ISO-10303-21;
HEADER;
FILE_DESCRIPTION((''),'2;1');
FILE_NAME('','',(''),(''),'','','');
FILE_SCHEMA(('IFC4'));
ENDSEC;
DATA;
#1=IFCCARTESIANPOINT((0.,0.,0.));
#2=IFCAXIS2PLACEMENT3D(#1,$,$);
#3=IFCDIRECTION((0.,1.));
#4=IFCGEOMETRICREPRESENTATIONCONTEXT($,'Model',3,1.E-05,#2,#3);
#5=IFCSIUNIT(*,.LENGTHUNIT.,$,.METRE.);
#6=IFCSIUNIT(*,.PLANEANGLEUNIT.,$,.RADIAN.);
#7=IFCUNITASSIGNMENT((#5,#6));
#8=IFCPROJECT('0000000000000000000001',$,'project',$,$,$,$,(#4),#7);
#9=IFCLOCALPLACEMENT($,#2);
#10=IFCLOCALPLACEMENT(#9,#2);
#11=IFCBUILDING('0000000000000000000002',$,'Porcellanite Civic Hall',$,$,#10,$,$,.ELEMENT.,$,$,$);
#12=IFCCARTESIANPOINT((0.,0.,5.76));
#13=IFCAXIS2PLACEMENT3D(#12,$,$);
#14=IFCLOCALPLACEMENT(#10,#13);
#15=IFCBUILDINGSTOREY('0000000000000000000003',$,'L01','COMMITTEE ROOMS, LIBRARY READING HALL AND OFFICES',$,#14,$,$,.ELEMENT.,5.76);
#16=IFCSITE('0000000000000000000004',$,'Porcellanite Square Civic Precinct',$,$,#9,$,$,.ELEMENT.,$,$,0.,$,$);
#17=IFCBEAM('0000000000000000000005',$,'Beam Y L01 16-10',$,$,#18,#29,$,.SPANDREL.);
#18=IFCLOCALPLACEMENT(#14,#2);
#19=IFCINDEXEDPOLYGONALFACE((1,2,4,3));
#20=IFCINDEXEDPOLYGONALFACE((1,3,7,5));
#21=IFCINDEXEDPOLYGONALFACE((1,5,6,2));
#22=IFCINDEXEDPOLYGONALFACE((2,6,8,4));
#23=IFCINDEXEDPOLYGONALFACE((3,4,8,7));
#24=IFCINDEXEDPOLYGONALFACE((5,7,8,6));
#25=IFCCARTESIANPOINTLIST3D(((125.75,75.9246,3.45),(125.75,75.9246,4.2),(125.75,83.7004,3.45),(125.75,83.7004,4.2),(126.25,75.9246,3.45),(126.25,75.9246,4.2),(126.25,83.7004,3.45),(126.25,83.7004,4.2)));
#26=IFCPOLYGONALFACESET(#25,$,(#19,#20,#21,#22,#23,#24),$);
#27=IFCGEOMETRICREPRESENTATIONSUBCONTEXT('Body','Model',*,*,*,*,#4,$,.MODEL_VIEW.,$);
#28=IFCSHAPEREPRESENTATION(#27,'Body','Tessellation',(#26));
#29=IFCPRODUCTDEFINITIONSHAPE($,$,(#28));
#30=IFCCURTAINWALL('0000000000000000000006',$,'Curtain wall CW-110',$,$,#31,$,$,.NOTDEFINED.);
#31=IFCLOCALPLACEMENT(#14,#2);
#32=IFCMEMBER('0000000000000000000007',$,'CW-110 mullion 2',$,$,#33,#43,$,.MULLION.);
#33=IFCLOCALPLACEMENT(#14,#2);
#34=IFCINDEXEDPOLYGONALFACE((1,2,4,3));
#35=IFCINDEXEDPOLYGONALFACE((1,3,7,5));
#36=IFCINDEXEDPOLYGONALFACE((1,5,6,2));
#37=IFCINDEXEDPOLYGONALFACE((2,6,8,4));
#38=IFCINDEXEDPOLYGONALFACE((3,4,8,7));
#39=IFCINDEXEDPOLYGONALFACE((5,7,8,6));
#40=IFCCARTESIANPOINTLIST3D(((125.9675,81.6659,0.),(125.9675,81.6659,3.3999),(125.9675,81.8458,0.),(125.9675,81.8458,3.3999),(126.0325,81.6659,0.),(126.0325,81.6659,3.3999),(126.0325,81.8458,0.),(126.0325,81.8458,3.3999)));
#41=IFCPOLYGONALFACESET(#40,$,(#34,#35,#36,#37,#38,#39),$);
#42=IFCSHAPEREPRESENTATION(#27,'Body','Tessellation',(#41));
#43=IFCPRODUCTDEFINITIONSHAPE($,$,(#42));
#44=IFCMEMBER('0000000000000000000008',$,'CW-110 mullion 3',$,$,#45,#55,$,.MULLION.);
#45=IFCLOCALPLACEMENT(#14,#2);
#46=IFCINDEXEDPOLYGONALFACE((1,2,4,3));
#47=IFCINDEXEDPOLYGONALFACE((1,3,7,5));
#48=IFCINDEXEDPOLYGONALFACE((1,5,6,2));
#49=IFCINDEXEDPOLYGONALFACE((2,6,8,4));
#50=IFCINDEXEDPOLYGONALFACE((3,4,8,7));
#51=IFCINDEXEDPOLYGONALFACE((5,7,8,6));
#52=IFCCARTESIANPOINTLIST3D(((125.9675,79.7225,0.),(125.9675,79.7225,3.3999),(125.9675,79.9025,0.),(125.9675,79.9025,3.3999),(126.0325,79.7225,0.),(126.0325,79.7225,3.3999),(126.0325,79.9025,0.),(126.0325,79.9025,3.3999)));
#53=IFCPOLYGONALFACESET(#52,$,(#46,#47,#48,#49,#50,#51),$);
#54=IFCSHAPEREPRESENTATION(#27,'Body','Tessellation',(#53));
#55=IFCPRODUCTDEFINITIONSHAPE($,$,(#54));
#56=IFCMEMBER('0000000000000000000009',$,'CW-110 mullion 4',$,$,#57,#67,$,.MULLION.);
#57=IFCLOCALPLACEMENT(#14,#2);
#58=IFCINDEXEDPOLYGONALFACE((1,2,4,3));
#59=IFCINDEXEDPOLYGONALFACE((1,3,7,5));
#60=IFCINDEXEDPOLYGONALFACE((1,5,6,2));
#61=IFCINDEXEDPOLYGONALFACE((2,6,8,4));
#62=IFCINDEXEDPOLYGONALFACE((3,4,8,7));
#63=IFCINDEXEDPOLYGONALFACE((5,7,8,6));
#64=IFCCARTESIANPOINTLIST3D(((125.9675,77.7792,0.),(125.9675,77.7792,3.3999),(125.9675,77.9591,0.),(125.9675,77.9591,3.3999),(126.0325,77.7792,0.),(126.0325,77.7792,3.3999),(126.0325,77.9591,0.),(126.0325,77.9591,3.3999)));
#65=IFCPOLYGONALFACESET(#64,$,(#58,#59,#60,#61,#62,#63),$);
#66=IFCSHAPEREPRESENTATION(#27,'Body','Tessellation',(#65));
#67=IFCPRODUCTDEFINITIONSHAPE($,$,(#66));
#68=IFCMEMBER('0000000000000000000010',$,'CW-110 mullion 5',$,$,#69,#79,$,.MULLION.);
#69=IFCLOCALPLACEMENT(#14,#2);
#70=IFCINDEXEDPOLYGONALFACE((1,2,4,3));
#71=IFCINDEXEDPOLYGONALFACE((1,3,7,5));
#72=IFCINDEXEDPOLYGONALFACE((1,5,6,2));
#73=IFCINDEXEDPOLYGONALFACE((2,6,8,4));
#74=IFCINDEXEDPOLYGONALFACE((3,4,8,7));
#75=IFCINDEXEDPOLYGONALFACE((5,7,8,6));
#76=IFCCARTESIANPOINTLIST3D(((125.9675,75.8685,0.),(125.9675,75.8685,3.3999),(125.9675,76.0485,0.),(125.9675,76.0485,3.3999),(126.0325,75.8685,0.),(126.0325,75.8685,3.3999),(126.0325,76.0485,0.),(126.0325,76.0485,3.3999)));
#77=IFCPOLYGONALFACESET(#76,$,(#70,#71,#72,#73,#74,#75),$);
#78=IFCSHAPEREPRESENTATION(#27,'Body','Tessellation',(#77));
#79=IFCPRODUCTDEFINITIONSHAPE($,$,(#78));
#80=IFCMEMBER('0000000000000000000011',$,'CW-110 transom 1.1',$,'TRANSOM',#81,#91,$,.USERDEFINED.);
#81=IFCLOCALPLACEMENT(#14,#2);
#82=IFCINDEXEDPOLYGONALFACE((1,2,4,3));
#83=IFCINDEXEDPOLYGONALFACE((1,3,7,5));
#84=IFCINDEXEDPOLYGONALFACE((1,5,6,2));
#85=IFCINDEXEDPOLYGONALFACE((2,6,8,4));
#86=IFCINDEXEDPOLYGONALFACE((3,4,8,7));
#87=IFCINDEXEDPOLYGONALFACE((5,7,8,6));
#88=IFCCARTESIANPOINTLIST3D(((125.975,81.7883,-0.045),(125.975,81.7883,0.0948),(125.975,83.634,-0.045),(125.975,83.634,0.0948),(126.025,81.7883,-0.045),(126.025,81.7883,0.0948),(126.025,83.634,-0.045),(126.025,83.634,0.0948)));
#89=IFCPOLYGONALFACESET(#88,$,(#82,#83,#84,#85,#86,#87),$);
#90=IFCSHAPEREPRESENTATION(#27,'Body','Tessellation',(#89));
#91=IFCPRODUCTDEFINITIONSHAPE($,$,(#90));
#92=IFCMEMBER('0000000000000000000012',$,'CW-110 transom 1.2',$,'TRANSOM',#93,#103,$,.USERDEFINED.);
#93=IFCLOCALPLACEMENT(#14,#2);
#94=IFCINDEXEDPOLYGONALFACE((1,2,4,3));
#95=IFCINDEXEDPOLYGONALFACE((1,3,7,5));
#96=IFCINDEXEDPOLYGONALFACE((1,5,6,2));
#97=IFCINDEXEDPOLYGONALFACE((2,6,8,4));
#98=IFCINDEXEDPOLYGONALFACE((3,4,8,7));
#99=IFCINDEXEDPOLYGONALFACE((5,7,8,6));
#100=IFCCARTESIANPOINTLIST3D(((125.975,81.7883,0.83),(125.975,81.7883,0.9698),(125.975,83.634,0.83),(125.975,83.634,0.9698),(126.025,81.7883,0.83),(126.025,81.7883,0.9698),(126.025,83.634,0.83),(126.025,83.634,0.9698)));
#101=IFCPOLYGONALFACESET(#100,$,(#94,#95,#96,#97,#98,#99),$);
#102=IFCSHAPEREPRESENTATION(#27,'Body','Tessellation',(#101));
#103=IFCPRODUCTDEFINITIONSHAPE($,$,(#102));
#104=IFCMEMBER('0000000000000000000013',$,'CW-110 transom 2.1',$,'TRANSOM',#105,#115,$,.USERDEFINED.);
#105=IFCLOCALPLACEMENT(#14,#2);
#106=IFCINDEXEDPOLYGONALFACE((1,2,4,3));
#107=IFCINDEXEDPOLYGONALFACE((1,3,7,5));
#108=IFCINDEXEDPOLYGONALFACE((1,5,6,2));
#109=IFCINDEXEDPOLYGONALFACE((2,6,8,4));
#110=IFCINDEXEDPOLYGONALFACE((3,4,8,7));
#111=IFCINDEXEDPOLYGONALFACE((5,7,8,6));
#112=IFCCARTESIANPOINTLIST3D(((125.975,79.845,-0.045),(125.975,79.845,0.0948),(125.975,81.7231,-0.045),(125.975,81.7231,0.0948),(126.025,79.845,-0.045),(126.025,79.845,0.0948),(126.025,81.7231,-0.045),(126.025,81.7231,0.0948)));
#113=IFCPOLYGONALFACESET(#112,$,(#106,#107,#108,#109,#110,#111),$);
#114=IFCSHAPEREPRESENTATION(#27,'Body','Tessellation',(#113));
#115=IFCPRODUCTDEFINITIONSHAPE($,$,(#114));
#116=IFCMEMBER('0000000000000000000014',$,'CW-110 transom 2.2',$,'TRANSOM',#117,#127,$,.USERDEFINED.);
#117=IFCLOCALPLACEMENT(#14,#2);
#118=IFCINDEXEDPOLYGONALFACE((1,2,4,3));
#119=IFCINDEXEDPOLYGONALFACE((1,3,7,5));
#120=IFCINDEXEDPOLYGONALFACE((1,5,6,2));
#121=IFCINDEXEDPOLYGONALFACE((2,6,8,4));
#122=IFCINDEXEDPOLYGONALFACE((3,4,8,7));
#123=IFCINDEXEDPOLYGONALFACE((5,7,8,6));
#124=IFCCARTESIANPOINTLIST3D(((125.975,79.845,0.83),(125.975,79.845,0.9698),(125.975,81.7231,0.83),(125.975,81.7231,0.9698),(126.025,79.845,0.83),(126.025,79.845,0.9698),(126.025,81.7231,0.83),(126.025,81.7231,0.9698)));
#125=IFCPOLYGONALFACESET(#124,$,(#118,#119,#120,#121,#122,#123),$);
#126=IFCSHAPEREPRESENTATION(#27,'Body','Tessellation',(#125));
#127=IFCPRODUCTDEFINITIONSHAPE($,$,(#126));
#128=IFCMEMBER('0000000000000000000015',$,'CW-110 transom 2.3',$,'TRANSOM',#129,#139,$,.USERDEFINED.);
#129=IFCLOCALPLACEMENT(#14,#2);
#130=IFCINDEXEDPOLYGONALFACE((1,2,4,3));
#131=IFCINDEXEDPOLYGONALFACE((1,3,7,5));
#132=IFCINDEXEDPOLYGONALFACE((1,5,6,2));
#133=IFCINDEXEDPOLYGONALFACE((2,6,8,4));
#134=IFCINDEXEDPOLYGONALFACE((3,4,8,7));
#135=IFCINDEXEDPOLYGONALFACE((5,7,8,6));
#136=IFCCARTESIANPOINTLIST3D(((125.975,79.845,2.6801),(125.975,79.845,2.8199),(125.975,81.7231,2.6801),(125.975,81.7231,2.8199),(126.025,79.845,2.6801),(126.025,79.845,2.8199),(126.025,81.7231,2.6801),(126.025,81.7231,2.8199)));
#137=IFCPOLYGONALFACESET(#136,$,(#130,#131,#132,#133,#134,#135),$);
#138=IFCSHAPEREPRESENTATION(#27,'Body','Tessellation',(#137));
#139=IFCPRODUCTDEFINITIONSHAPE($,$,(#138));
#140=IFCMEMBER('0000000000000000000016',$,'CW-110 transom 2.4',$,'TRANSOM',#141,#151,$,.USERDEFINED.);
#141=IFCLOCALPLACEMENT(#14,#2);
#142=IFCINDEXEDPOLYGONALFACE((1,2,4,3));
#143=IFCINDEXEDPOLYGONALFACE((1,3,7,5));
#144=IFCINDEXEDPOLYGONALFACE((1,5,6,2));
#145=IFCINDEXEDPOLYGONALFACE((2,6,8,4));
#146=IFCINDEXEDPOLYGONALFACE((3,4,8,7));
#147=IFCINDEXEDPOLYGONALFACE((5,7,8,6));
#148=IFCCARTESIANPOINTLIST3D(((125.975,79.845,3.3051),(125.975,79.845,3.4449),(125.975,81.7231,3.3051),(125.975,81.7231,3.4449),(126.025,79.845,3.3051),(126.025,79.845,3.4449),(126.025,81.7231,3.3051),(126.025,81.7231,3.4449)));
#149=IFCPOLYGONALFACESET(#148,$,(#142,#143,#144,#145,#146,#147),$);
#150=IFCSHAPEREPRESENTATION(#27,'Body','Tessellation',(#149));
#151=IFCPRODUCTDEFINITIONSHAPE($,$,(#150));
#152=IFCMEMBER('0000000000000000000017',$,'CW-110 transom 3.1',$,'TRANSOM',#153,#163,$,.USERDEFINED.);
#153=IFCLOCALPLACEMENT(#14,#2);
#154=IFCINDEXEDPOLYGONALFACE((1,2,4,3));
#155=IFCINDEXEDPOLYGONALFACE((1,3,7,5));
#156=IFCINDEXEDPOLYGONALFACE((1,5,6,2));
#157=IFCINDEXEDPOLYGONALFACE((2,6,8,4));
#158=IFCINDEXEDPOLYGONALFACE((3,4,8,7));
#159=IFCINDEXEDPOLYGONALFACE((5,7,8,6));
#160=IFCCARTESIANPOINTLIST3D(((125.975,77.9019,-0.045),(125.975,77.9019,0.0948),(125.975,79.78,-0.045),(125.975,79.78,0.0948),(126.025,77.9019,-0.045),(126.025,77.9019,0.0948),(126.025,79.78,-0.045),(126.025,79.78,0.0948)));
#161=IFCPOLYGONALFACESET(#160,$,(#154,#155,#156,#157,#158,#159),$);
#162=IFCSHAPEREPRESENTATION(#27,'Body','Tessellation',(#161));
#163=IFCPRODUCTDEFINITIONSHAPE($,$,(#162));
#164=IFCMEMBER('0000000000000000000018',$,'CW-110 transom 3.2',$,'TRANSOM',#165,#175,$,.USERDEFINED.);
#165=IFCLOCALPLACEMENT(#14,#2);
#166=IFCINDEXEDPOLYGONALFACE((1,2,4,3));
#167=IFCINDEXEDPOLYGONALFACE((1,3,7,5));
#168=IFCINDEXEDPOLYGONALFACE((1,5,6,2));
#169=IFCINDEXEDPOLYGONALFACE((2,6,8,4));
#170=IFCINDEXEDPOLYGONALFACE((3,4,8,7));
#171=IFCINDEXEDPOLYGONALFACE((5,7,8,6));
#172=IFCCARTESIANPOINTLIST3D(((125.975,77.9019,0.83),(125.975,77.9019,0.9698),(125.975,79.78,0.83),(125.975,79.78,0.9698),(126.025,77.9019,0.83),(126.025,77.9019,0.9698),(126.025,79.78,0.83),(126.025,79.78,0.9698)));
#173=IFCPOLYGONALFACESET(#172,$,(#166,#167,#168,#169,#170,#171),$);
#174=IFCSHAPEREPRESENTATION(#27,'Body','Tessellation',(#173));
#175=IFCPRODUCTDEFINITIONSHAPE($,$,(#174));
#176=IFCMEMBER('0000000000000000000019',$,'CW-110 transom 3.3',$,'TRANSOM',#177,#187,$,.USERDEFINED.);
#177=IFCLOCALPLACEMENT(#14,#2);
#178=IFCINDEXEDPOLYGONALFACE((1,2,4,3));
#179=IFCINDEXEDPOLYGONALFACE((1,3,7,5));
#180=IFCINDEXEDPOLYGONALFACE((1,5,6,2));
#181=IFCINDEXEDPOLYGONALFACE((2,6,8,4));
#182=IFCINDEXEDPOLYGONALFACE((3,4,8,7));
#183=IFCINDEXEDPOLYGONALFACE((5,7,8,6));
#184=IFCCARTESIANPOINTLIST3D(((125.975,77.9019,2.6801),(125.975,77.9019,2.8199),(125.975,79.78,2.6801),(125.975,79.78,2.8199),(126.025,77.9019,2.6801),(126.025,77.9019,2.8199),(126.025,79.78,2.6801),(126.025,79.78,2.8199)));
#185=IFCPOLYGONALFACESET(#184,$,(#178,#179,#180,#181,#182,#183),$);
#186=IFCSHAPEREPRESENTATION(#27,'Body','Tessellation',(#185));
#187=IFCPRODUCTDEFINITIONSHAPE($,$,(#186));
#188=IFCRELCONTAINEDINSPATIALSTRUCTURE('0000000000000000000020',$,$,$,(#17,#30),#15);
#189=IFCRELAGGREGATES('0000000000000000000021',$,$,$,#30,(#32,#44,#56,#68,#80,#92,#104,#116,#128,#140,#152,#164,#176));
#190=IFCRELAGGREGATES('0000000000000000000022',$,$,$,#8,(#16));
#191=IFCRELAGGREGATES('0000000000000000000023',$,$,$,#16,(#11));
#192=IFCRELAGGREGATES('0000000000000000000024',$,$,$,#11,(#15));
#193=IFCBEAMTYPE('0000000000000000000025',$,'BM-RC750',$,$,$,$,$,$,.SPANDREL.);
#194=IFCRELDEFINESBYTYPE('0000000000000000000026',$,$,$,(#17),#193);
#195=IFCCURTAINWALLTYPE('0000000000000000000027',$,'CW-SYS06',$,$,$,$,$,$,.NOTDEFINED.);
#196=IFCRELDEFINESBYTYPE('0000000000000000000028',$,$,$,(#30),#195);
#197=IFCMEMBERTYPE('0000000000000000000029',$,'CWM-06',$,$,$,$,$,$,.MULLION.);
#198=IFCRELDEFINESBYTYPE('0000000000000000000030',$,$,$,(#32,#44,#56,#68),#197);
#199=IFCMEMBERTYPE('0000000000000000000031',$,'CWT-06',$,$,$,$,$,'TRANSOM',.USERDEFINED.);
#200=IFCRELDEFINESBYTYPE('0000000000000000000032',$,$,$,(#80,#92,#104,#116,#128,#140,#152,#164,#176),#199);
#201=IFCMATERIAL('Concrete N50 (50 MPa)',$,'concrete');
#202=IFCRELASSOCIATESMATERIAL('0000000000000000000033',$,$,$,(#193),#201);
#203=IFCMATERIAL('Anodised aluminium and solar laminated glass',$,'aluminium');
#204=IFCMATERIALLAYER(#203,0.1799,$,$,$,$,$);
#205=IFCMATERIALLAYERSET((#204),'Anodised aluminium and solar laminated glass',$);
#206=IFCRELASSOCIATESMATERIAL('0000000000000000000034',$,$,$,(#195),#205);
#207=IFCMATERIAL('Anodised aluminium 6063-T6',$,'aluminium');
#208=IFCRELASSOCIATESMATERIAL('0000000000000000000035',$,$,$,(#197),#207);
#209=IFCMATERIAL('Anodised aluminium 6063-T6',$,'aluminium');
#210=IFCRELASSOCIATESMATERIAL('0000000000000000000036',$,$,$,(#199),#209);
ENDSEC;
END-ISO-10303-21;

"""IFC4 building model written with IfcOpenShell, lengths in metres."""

from ifc_helpers import new_model, si_unit, direction, frame, origin, origin_2d, place, context, subcontext, project, spatial, rectangle, extrude, material, layer, layer_set, material_profile, profile_set, type_object, element, aggregate, save


model = new_model("IFC4")

# Units and contexts
model_context = context("Model", 3, precision=1e-05, world=origin(), true_north=direction((0.0, 1.0)))
body_context = subcontext(model_context, "Body", "Model", "MODEL_VIEW")
ifc_project = project(units=[si_unit("LENGTHUNIT", "METRE"), si_unit("PLANEANGLEUNIT", "RADIAN")], contexts=[model_context])

# Site, building, storey
site_placement = place(None, origin())
site = spatial("IfcSite", under=ifc_project, at=site_placement, Name="Porcellanite Square Civic Precinct", CompositionType="ELEMENT", RefElevation=0.0)
building_placement = place(site_placement, origin())
building = spatial("IfcBuilding", under=site, at=building_placement, Name="Porcellanite Civic Hall", CompositionType="ELEMENT")
storey_placement = place(building_placement, frame((0.0, 0.0, 5.76)))
storey = spatial("IfcBuildingStorey", under=building, at=storey_placement, Name="L01", Description="COMMITTEE ROOMS, LIBRARY READING HALL AND OFFICES", CompositionType="ELEMENT", Elevation=5.76)

# Beam
ifc_material_1 = material(Name="Concrete N50 (50 MPa)", Category="concrete")
ifc_material_profile_1 = material_profile(ifc_material_1, rectangle(XDim=0.5, YDim=0.75, at=origin_2d()), Name="RC-500x750")
ifc_profile_set_1 = profile_set([ifc_material_profile_1], Name="Concrete N50 (50 MPa)")
beam_type_1 = type_object("IfcBeamType", Name="BM-RC750", PredefinedType="SPANDREL", material=ifc_profile_set_1)
beam_1_placement = place(storey_placement, frame((126.0, 75.9246, 3.825), z_axis=(0.0, 1.0, 0.0), x_axis=(-1.0, 0.0, 0.0)))
element("IfcBeam", 1, at=beam_1_placement, inside=storey, type_object=beam_type_1, Name="Beam Y L01 16-10", PredefinedType="SPANDREL", context=body_context, shape_type="SweptSolid", body=[
    extrude(rectangle(XDim=0.5, YDim=0.75, at=origin_2d()), origin(), (0.0, 0.0, 1.0), 7.7759),
])

# Curtain wall, members
ifc_material_2 = material(Name="Anodised aluminium and solar laminated glass", Category="aluminium")
ifc_layer_1 = layer(ifc_material_2, 0.1799)
ifc_layer_set_1 = layer_set([ifc_layer_1], Name="Anodised aluminium and solar laminated glass")
curtain_wall_type = type_object("IfcCurtainWallType", Name="CW-SYS06", PredefinedType="NOTDEFINED", material=ifc_layer_set_1)
curtain_wall_placement = place(storey_placement, origin())
curtain_wall = element("IfcCurtainWall", 2, at=curtain_wall_placement, inside=storey, type_object=curtain_wall_type, Name="Curtain wall CW-110", PredefinedType="NOTDEFINED")
ifc_material_3 = material(Name="Anodised aluminium 6063-T6", Category="aluminium")
ifc_material_profile_2 = material_profile(ifc_material_3, rectangle(XDim=0.0649, YDim=0.1799, at=origin_2d()), Name="AL-65x180")
ifc_profile_set_2 = profile_set([ifc_material_profile_2], Name="Anodised aluminium 6063-T6")
member_type_1 = type_object("IfcMemberType", Name="CWM-06", PredefinedType="MULLION", material=ifc_profile_set_2)
member_1_placement = place(storey_placement, frame((126.0, 81.7559, 0.0), z_axis=(0.0, 0.0, 1.0), x_axis=(1.0, 0.0, 0.0)))
member_1 = element("IfcMember", 3, at=member_1_placement, type_object=member_type_1, Name="CW-110 mullion 2", PredefinedType="MULLION", context=body_context, shape_type="SweptSolid", body=[
    extrude(rectangle(XDim=0.0649, YDim=0.1799, at=origin_2d()), origin(), (0.0, 0.0, 1.0), 3.3999),
])
member_2_placement = place(storey_placement, frame((126.0, 79.8125, 0.0), z_axis=(0.0, 0.0, 1.0), x_axis=(1.0, 0.0, 0.0)))
member_2 = element("IfcMember", 4, at=member_2_placement, type_object=member_type_1, Name="CW-110 mullion 3", PredefinedType="MULLION", context=body_context, shape_type="SweptSolid", body=[
    extrude(rectangle(XDim=0.0649, YDim=0.1799, at=origin_2d()), origin(), (0.0, 0.0, 1.0), 3.3999),
])
member_3_placement = place(storey_placement, frame((126.0, 77.8691, 0.0), z_axis=(0.0, 0.0, 1.0), x_axis=(1.0, 0.0, 0.0)))
member_3 = element("IfcMember", 5, at=member_3_placement, type_object=member_type_1, Name="CW-110 mullion 4", PredefinedType="MULLION", context=body_context, shape_type="SweptSolid", body=[
    extrude(rectangle(XDim=0.0649, YDim=0.1799, at=origin_2d()), origin(), (0.0, 0.0, 1.0), 3.3999),
])
member_4_placement = place(storey_placement, frame((126.0, 75.9585, 0.0), z_axis=(0.0, 0.0, 1.0), x_axis=(1.0, 0.0, 0.0)))
member_4 = element("IfcMember", 6, at=member_4_placement, type_object=member_type_1, Name="CW-110 mullion 5", PredefinedType="MULLION", context=body_context, shape_type="SweptSolid", body=[
    extrude(rectangle(XDim=0.0649, YDim=0.1799, at=origin_2d()), origin(), (0.0, 0.0, 1.0), 3.3999),
])
ifc_material_4 = material(Name="Anodised aluminium 6063-T6", Category="aluminium")
ifc_material_profile_3 = material_profile(ifc_material_4, rectangle(XDim=0.05, YDim=0.1399, at=origin_2d()), Name="AL-50x140")
ifc_profile_set_3 = profile_set([ifc_material_profile_3], Name="Anodised aluminium 6063-T6")
member_type_2 = type_object("IfcMemberType", Name="CWT-06", ElementType="TRANSOM", PredefinedType="USERDEFINED", material=ifc_profile_set_3)
member_5_placement = place(storey_placement, frame((126.0, 83.634, 0.0249), z_axis=(0.0, -1.0, 0.0), x_axis=(1.0, 0.0, 0.0)))
member_5 = element("IfcMember", 7, at=member_5_placement, type_object=member_type_2, Name="CW-110 transom 1.1", ObjectType="TRANSOM", PredefinedType="USERDEFINED", context=body_context, shape_type="SweptSolid", body=[
    extrude(rectangle(XDim=0.05, YDim=0.1399, at=origin_2d()), origin(), (0.0, 0.0, 1.0), 1.8457),
])
member_6_placement = place(storey_placement, frame((126.0, 83.634, 0.8999), z_axis=(0.0, -1.0, 0.0), x_axis=(1.0, 0.0, 0.0)))
member_6 = element("IfcMember", 8, at=member_6_placement, type_object=member_type_2, Name="CW-110 transom 1.2", ObjectType="TRANSOM", PredefinedType="USERDEFINED", context=body_context, shape_type="SweptSolid", body=[
    extrude(rectangle(XDim=0.05, YDim=0.1399, at=origin_2d()), origin(), (0.0, 0.0, 1.0), 1.8457),
])
member_7_placement = place(storey_placement, frame((126.0, 81.7231, 0.0249), z_axis=(0.0, -1.0, 0.0), x_axis=(1.0, 0.0, 0.0)))
member_7 = element("IfcMember", 9, at=member_7_placement, type_object=member_type_2, Name="CW-110 transom 2.1", ObjectType="TRANSOM", PredefinedType="USERDEFINED", context=body_context, shape_type="SweptSolid", body=[
    extrude(rectangle(XDim=0.05, YDim=0.1399, at=origin_2d()), origin(), (0.0, 0.0, 1.0), 1.8782),
])
member_8_placement = place(storey_placement, frame((126.0, 81.7231, 0.8999), z_axis=(0.0, -1.0, 0.0), x_axis=(1.0, 0.0, 0.0)))
member_8 = element("IfcMember", 10, at=member_8_placement, type_object=member_type_2, Name="CW-110 transom 2.2", ObjectType="TRANSOM", PredefinedType="USERDEFINED", context=body_context, shape_type="SweptSolid", body=[
    extrude(rectangle(XDim=0.05, YDim=0.1399, at=origin_2d()), origin(), (0.0, 0.0, 1.0), 1.8782),
])
member_9_placement = place(storey_placement, frame((126.0, 81.7231, 2.75), z_axis=(0.0, -1.0, 0.0), x_axis=(1.0, 0.0, 0.0)))
member_9 = element("IfcMember", 11, at=member_9_placement, type_object=member_type_2, Name="CW-110 transom 2.3", ObjectType="TRANSOM", PredefinedType="USERDEFINED", context=body_context, shape_type="SweptSolid", body=[
    extrude(rectangle(XDim=0.05, YDim=0.1399, at=origin_2d()), origin(), (0.0, 0.0, 1.0), 1.8782),
])
member_10_placement = place(storey_placement, frame((126.0, 81.7231, 3.375), z_axis=(0.0, -1.0, 0.0), x_axis=(1.0, 0.0, 0.0)))
member_10 = element("IfcMember", 12, at=member_10_placement, type_object=member_type_2, Name="CW-110 transom 2.4", ObjectType="TRANSOM", PredefinedType="USERDEFINED", context=body_context, shape_type="SweptSolid", body=[
    extrude(rectangle(XDim=0.05, YDim=0.1399, at=origin_2d()), origin(), (0.0, 0.0, 1.0), 1.8782),
])
member_11_placement = place(storey_placement, frame((126.0, 79.78, 0.0249), z_axis=(0.0, -1.0, 0.0), x_axis=(1.0, 0.0, 0.0)))
member_11 = element("IfcMember", 13, at=member_11_placement, type_object=member_type_2, Name="CW-110 transom 3.1", ObjectType="TRANSOM", PredefinedType="USERDEFINED", context=body_context, shape_type="SweptSolid", body=[
    extrude(rectangle(XDim=0.05, YDim=0.1399, at=origin_2d()), origin(), (0.0, 0.0, 1.0), 1.8782),
])
member_12_placement = place(storey_placement, frame((126.0, 79.78, 0.8999), z_axis=(0.0, -1.0, 0.0), x_axis=(1.0, 0.0, 0.0)))
member_12 = element("IfcMember", 14, at=member_12_placement, type_object=member_type_2, Name="CW-110 transom 3.2", ObjectType="TRANSOM", PredefinedType="USERDEFINED", context=body_context, shape_type="SweptSolid", body=[
    extrude(rectangle(XDim=0.05, YDim=0.1399, at=origin_2d()), origin(), (0.0, 0.0, 1.0), 1.8782),
])
member_13_placement = place(storey_placement, frame((126.0, 79.78, 2.75), z_axis=(0.0, -1.0, 0.0), x_axis=(1.0, 0.0, 0.0)))
member_13 = element("IfcMember", 15, at=member_13_placement, type_object=member_type_2, Name="CW-110 transom 3.3", ObjectType="TRANSOM", PredefinedType="USERDEFINED", context=body_context, shape_type="SweptSolid", body=[
    extrude(rectangle(XDim=0.05, YDim=0.1399, at=origin_2d()), origin(), (0.0, 0.0, 1.0), 1.8782),
])

aggregate(curtain_wall, [member_1, member_2, member_3, member_4, member_5, member_6, member_7, member_8, member_9, member_10, member_11, member_12, member_13])

save(model, "model.ifc")
